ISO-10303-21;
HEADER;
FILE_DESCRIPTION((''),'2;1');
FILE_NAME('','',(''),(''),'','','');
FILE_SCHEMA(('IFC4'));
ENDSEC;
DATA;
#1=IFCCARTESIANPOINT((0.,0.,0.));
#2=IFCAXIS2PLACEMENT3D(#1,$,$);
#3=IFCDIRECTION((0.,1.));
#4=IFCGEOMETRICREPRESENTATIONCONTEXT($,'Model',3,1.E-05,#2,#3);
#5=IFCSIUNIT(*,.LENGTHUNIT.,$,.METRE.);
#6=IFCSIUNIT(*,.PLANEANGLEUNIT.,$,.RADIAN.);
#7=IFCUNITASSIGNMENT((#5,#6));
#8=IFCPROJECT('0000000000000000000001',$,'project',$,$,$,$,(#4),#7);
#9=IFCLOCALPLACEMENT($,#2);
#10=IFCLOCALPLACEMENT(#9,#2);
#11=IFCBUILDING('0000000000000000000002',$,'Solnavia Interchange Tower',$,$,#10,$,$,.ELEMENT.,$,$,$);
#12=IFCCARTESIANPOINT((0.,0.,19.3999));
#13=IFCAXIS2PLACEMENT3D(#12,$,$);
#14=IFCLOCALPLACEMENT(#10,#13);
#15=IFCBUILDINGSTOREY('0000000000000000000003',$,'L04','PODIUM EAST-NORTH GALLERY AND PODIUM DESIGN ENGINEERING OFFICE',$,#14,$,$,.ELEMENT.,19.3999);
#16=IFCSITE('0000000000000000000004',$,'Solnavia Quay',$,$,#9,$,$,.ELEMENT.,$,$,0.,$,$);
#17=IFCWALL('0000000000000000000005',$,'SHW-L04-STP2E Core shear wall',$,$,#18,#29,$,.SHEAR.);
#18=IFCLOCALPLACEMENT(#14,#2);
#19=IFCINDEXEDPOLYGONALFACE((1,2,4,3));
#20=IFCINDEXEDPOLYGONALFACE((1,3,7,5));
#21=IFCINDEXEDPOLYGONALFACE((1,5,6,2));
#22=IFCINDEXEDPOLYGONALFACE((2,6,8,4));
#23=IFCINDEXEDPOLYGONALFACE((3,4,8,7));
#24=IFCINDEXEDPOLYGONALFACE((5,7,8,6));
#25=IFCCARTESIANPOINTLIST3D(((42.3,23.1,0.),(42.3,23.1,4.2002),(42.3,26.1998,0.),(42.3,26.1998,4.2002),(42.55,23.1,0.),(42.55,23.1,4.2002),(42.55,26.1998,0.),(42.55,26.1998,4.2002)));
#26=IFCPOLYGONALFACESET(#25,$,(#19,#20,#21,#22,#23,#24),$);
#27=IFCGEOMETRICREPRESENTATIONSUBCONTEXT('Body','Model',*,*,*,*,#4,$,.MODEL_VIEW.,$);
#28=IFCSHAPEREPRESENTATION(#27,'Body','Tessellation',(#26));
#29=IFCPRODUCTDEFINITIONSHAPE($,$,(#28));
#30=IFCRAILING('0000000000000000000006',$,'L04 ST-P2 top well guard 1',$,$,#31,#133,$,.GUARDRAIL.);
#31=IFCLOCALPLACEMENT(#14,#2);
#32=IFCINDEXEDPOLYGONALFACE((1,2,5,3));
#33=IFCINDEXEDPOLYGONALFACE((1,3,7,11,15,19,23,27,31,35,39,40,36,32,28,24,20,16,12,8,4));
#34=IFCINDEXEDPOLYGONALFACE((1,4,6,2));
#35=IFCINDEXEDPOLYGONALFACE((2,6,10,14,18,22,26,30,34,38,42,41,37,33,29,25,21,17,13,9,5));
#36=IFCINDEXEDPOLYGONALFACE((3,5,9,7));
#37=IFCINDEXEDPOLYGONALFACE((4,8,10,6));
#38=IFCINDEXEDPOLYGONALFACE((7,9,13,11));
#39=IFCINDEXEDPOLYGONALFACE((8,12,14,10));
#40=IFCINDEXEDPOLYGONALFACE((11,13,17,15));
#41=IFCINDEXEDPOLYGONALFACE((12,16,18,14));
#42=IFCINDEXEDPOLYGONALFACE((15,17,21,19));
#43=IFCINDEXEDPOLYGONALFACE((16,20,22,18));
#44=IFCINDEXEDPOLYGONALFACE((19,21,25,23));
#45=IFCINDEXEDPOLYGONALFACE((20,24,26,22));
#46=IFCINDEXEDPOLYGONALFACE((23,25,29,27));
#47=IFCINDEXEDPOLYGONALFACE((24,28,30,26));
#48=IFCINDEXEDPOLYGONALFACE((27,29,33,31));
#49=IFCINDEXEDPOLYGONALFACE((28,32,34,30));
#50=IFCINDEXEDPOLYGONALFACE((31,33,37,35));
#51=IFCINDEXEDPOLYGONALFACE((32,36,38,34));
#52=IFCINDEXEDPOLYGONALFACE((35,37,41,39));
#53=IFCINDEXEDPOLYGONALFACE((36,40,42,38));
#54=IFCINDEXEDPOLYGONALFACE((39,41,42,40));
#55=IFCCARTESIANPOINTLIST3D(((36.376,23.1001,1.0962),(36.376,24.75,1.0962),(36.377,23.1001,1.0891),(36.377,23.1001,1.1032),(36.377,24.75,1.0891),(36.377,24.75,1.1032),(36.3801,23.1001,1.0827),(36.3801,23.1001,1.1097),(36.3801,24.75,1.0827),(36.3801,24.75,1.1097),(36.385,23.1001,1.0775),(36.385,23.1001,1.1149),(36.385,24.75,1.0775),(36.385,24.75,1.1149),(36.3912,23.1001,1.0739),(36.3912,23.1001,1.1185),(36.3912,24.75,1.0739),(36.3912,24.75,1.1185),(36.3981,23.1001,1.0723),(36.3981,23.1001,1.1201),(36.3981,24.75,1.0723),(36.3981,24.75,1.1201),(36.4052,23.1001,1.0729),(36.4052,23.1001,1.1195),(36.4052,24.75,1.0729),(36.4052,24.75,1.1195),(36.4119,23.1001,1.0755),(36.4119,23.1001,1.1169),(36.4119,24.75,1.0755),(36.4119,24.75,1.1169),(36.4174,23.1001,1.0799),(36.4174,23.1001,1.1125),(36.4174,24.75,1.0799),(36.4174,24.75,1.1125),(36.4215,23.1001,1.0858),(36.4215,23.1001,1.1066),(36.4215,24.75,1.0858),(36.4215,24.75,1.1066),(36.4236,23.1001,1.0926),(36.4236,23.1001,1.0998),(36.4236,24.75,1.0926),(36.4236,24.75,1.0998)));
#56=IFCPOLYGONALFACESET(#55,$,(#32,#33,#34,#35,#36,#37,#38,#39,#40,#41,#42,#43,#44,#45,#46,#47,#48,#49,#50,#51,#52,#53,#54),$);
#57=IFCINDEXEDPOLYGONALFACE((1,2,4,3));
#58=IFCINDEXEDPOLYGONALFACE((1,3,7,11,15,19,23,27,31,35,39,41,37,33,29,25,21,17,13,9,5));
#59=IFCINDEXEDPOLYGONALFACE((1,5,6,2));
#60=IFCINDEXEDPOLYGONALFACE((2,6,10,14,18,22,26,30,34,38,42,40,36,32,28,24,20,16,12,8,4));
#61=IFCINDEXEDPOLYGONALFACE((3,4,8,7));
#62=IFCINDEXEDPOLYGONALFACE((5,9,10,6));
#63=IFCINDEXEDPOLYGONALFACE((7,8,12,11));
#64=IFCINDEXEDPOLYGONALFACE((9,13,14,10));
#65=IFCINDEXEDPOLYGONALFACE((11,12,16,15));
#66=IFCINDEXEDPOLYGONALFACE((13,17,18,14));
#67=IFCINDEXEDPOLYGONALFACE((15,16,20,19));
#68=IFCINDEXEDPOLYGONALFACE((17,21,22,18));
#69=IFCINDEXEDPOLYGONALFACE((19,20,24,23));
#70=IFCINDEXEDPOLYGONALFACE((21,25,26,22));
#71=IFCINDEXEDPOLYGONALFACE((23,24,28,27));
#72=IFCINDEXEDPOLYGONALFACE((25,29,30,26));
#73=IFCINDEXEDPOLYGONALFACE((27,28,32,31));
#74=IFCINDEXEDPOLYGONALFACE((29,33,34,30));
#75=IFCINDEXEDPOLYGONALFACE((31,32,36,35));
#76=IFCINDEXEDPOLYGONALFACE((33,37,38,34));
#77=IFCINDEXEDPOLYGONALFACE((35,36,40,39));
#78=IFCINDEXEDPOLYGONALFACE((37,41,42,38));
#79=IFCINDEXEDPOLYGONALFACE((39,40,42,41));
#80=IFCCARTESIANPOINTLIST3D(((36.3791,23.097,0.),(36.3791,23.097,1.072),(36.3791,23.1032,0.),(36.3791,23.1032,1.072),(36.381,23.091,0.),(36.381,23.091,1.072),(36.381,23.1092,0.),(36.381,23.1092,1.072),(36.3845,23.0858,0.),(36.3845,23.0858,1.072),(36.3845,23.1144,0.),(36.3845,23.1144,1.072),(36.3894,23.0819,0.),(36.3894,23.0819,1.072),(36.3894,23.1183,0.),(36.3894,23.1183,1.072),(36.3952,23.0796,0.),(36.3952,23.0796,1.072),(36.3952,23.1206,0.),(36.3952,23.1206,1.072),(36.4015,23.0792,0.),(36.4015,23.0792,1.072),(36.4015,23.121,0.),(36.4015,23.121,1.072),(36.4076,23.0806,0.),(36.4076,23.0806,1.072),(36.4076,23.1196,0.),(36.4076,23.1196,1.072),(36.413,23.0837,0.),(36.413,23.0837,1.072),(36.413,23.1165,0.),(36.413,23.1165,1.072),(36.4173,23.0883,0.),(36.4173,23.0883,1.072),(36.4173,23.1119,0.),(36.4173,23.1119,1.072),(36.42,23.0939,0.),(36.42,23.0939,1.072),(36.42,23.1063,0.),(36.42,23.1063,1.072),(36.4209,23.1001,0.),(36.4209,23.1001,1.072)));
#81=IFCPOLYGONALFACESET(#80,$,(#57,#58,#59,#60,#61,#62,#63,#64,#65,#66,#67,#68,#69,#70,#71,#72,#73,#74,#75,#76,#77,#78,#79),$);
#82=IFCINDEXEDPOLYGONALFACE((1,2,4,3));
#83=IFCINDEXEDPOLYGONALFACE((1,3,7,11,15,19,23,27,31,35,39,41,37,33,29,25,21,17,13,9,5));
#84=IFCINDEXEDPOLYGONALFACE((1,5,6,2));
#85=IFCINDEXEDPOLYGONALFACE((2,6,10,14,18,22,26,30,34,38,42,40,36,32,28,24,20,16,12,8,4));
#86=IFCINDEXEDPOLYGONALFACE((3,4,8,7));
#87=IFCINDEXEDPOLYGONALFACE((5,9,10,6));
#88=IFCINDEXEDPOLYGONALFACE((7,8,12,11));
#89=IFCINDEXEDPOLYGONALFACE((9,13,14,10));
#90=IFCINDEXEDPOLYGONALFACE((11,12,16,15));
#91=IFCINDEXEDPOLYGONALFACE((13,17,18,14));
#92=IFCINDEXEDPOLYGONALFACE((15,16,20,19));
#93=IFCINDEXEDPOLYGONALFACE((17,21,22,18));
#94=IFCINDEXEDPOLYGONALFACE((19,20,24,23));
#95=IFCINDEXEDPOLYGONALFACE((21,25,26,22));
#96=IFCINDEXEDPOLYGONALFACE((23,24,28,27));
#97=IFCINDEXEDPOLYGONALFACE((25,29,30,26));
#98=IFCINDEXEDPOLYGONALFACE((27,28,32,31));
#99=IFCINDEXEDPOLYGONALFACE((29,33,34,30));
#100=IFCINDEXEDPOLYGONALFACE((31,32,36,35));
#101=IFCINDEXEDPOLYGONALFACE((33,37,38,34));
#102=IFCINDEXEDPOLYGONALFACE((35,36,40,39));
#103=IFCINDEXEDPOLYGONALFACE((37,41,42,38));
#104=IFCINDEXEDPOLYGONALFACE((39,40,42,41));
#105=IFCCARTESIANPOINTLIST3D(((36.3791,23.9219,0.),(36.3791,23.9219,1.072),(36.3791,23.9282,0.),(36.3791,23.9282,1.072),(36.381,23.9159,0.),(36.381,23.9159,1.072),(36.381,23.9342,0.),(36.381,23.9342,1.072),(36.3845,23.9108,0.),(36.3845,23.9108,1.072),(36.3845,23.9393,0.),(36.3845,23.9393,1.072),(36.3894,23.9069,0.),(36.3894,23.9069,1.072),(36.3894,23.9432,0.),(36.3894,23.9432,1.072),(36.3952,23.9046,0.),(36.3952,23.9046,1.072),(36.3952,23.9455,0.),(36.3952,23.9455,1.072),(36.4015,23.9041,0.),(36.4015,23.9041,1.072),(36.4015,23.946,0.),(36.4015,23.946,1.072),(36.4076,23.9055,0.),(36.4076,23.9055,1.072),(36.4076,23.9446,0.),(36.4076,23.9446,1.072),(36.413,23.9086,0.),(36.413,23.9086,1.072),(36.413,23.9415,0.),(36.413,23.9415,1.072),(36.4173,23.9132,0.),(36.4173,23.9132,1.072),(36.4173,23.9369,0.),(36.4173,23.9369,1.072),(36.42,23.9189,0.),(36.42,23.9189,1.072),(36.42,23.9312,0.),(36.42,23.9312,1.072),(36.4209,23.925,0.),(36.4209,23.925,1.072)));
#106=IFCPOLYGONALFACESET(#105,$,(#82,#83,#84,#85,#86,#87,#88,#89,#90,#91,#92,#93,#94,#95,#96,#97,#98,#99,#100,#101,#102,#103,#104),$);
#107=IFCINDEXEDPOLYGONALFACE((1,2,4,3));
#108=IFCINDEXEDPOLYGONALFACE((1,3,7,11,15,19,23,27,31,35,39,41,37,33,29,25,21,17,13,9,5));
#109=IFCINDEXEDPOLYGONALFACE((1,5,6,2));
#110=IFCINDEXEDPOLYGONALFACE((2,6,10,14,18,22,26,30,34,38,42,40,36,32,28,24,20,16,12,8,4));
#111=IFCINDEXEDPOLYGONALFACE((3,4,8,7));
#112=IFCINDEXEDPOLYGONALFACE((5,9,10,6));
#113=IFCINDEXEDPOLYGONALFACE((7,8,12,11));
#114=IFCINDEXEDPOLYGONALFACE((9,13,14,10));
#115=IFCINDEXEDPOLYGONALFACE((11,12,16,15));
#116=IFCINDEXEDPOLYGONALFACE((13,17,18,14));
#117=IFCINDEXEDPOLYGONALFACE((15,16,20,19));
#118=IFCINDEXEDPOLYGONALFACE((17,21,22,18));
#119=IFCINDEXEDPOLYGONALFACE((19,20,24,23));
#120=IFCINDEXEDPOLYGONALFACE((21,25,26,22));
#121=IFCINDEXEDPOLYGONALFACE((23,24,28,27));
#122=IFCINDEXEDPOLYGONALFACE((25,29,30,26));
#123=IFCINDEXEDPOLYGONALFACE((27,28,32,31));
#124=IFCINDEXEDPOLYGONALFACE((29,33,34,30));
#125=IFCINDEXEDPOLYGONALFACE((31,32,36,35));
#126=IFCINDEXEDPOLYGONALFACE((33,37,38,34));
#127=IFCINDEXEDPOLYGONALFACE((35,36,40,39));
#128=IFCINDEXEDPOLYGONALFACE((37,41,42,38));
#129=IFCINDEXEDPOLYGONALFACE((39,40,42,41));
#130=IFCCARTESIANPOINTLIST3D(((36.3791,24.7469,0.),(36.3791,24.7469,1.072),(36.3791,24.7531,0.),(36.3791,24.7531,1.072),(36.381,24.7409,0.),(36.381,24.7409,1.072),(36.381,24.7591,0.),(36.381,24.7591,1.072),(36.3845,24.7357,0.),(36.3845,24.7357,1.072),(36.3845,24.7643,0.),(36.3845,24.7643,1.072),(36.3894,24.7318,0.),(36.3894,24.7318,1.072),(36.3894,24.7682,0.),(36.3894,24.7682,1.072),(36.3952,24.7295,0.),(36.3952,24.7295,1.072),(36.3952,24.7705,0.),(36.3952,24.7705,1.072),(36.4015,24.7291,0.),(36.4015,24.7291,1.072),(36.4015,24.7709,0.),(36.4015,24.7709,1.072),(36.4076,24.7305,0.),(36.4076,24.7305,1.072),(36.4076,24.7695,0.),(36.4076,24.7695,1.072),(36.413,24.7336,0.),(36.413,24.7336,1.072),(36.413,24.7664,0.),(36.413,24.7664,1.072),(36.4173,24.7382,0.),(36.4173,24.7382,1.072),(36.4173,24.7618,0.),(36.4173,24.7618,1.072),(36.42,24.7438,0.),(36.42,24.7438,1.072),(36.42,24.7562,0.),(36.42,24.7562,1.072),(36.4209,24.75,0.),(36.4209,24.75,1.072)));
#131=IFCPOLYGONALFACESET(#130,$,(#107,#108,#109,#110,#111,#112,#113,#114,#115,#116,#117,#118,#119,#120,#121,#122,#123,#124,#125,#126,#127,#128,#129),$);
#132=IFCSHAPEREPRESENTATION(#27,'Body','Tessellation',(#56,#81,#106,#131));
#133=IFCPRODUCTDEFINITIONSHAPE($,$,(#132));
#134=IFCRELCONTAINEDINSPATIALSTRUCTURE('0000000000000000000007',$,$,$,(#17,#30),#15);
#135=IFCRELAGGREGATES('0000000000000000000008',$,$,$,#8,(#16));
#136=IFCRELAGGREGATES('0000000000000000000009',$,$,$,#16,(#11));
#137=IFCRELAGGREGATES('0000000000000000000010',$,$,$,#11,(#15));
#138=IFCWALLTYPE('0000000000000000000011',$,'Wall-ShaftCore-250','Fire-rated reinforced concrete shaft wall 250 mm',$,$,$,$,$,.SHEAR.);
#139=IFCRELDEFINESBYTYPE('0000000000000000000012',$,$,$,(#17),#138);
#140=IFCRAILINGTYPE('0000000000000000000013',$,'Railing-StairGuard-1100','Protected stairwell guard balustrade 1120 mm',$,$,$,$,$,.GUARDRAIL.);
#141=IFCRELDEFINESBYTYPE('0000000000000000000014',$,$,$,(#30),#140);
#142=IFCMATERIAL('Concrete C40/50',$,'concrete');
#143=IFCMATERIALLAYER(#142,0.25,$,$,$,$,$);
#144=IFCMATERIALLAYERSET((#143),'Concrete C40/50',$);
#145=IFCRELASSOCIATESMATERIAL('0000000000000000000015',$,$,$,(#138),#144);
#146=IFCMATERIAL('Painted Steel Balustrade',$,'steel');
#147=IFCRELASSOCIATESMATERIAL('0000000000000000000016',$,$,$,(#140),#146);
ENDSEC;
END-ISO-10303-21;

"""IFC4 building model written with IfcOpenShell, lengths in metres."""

from ifc_helpers import new_model, si_unit, direction, frame, frame_2d, origin, origin_2d, place, context, subcontext, project, spatial, rectangle, circle, extrude, material, layer, layer_set, type_object, element, save


model = new_model("IFC4")

# Units and contexts
model_context = context("Model", 3, precision=1e-05, world=origin(), true_north=direction((0.0, 1.0)))
body_context = subcontext(model_context, "Body", "Model", "MODEL_VIEW")
ifc_project = project(units=[si_unit("LENGTHUNIT", "METRE"), si_unit("PLANEANGLEUNIT", "RADIAN")], contexts=[model_context])

# Site, building, storey
site_placement = place(None, origin())
site = spatial("IfcSite", under=ifc_project, at=site_placement, Name="Solnavia Quay", CompositionType="ELEMENT", RefElevation=0.0)
building_placement = place(site_placement, origin())
building = spatial("IfcBuilding", under=site, at=building_placement, Name="Solnavia Interchange Tower", CompositionType="ELEMENT")
storey_placement = place(building_placement, frame((0.0, 0.0, 19.3999)))
storey = spatial("IfcBuildingStorey", under=building, at=storey_placement, Name="L04", Description="PODIUM EAST-NORTH GALLERY AND PODIUM DESIGN ENGINEERING OFFICE", CompositionType="ELEMENT", Elevation=19.3999)

# Shared definitions
ifc_material_1 = material(Name="Concrete C40/50", Category="concrete")
ifc_layer_1 = layer(ifc_material_1, 0.25)
ifc_layer_set_1 = layer_set([ifc_layer_1], Name="Concrete C40/50")
wall_type_1 = type_object("IfcWallType", Name="Wall-ShaftCore-250", Description="Fire-rated reinforced concrete shaft wall 250 mm", PredefinedType="SHEAR", material=ifc_layer_set_1)

# Wall
for number, where, z_axis, x_axis, name in (
    (1, (42.425, 23.1001, 0.0), (0.0, 0.0, 1.0), (0.0, 1.0, 0.0), "SHW-L04-STP2E Core shear wall"),
):
    element("IfcWall", number, at=place(storey_placement, frame(where, z_axis=z_axis, x_axis=x_axis)), inside=storey, type_object=wall_type_1, Name=name, PredefinedType="SHEAR", context=body_context, shape_type="SweptSolid", body=[
        extrude(rectangle(XDim=3.0999, YDim=0.25, at=frame_2d((1.5498, 0.0))), origin(), (0.0, 0.0, 1.0), 4.2002),
    ])

# Railing
ifc_material_2 = material(Name="Painted Steel Balustrade", Category="steel")
railing_type = type_object("IfcRailingType", Name="Railing-StairGuard-1100", Description="Protected stairwell guard balustrade 1120 mm", PredefinedType="GUARDRAIL", material=ifc_material_2)
railing_placement = place(storey_placement, frame((36.3999, 23.1001, 0.0)))
element("IfcRailing", 2, at=railing_placement, inside=storey, type_object=railing_type, Name="L04 ST-P2 top well guard 1", PredefinedType="GUARDRAIL", context=body_context, shape_type="SweptSolid", body=[
    extrude(circle(Radius=0.0239, at=origin_2d()), frame((0.0, 0.0, 1.0962), z_axis=(0.0, 1.0, 0.0), x_axis=(-1.0, 0.0, 0.0)), (0.0, 0.0, 1.0), 1.6499),
    extrude(circle(Radius=0.021, at=origin_2d()), origin(), (0.0, 0.0, 1.0), 1.072),
    extrude(circle(Radius=0.021, at=origin_2d()), frame((0.0, 0.825, 0.0)), (0.0, 0.0, 1.0), 1.072),
    extrude(circle(Radius=0.021, at=origin_2d()), frame((0.0, 1.6499, 0.0)), (0.0, 0.0, 1.0), 1.072),
])

save(model, "model.ifc")
